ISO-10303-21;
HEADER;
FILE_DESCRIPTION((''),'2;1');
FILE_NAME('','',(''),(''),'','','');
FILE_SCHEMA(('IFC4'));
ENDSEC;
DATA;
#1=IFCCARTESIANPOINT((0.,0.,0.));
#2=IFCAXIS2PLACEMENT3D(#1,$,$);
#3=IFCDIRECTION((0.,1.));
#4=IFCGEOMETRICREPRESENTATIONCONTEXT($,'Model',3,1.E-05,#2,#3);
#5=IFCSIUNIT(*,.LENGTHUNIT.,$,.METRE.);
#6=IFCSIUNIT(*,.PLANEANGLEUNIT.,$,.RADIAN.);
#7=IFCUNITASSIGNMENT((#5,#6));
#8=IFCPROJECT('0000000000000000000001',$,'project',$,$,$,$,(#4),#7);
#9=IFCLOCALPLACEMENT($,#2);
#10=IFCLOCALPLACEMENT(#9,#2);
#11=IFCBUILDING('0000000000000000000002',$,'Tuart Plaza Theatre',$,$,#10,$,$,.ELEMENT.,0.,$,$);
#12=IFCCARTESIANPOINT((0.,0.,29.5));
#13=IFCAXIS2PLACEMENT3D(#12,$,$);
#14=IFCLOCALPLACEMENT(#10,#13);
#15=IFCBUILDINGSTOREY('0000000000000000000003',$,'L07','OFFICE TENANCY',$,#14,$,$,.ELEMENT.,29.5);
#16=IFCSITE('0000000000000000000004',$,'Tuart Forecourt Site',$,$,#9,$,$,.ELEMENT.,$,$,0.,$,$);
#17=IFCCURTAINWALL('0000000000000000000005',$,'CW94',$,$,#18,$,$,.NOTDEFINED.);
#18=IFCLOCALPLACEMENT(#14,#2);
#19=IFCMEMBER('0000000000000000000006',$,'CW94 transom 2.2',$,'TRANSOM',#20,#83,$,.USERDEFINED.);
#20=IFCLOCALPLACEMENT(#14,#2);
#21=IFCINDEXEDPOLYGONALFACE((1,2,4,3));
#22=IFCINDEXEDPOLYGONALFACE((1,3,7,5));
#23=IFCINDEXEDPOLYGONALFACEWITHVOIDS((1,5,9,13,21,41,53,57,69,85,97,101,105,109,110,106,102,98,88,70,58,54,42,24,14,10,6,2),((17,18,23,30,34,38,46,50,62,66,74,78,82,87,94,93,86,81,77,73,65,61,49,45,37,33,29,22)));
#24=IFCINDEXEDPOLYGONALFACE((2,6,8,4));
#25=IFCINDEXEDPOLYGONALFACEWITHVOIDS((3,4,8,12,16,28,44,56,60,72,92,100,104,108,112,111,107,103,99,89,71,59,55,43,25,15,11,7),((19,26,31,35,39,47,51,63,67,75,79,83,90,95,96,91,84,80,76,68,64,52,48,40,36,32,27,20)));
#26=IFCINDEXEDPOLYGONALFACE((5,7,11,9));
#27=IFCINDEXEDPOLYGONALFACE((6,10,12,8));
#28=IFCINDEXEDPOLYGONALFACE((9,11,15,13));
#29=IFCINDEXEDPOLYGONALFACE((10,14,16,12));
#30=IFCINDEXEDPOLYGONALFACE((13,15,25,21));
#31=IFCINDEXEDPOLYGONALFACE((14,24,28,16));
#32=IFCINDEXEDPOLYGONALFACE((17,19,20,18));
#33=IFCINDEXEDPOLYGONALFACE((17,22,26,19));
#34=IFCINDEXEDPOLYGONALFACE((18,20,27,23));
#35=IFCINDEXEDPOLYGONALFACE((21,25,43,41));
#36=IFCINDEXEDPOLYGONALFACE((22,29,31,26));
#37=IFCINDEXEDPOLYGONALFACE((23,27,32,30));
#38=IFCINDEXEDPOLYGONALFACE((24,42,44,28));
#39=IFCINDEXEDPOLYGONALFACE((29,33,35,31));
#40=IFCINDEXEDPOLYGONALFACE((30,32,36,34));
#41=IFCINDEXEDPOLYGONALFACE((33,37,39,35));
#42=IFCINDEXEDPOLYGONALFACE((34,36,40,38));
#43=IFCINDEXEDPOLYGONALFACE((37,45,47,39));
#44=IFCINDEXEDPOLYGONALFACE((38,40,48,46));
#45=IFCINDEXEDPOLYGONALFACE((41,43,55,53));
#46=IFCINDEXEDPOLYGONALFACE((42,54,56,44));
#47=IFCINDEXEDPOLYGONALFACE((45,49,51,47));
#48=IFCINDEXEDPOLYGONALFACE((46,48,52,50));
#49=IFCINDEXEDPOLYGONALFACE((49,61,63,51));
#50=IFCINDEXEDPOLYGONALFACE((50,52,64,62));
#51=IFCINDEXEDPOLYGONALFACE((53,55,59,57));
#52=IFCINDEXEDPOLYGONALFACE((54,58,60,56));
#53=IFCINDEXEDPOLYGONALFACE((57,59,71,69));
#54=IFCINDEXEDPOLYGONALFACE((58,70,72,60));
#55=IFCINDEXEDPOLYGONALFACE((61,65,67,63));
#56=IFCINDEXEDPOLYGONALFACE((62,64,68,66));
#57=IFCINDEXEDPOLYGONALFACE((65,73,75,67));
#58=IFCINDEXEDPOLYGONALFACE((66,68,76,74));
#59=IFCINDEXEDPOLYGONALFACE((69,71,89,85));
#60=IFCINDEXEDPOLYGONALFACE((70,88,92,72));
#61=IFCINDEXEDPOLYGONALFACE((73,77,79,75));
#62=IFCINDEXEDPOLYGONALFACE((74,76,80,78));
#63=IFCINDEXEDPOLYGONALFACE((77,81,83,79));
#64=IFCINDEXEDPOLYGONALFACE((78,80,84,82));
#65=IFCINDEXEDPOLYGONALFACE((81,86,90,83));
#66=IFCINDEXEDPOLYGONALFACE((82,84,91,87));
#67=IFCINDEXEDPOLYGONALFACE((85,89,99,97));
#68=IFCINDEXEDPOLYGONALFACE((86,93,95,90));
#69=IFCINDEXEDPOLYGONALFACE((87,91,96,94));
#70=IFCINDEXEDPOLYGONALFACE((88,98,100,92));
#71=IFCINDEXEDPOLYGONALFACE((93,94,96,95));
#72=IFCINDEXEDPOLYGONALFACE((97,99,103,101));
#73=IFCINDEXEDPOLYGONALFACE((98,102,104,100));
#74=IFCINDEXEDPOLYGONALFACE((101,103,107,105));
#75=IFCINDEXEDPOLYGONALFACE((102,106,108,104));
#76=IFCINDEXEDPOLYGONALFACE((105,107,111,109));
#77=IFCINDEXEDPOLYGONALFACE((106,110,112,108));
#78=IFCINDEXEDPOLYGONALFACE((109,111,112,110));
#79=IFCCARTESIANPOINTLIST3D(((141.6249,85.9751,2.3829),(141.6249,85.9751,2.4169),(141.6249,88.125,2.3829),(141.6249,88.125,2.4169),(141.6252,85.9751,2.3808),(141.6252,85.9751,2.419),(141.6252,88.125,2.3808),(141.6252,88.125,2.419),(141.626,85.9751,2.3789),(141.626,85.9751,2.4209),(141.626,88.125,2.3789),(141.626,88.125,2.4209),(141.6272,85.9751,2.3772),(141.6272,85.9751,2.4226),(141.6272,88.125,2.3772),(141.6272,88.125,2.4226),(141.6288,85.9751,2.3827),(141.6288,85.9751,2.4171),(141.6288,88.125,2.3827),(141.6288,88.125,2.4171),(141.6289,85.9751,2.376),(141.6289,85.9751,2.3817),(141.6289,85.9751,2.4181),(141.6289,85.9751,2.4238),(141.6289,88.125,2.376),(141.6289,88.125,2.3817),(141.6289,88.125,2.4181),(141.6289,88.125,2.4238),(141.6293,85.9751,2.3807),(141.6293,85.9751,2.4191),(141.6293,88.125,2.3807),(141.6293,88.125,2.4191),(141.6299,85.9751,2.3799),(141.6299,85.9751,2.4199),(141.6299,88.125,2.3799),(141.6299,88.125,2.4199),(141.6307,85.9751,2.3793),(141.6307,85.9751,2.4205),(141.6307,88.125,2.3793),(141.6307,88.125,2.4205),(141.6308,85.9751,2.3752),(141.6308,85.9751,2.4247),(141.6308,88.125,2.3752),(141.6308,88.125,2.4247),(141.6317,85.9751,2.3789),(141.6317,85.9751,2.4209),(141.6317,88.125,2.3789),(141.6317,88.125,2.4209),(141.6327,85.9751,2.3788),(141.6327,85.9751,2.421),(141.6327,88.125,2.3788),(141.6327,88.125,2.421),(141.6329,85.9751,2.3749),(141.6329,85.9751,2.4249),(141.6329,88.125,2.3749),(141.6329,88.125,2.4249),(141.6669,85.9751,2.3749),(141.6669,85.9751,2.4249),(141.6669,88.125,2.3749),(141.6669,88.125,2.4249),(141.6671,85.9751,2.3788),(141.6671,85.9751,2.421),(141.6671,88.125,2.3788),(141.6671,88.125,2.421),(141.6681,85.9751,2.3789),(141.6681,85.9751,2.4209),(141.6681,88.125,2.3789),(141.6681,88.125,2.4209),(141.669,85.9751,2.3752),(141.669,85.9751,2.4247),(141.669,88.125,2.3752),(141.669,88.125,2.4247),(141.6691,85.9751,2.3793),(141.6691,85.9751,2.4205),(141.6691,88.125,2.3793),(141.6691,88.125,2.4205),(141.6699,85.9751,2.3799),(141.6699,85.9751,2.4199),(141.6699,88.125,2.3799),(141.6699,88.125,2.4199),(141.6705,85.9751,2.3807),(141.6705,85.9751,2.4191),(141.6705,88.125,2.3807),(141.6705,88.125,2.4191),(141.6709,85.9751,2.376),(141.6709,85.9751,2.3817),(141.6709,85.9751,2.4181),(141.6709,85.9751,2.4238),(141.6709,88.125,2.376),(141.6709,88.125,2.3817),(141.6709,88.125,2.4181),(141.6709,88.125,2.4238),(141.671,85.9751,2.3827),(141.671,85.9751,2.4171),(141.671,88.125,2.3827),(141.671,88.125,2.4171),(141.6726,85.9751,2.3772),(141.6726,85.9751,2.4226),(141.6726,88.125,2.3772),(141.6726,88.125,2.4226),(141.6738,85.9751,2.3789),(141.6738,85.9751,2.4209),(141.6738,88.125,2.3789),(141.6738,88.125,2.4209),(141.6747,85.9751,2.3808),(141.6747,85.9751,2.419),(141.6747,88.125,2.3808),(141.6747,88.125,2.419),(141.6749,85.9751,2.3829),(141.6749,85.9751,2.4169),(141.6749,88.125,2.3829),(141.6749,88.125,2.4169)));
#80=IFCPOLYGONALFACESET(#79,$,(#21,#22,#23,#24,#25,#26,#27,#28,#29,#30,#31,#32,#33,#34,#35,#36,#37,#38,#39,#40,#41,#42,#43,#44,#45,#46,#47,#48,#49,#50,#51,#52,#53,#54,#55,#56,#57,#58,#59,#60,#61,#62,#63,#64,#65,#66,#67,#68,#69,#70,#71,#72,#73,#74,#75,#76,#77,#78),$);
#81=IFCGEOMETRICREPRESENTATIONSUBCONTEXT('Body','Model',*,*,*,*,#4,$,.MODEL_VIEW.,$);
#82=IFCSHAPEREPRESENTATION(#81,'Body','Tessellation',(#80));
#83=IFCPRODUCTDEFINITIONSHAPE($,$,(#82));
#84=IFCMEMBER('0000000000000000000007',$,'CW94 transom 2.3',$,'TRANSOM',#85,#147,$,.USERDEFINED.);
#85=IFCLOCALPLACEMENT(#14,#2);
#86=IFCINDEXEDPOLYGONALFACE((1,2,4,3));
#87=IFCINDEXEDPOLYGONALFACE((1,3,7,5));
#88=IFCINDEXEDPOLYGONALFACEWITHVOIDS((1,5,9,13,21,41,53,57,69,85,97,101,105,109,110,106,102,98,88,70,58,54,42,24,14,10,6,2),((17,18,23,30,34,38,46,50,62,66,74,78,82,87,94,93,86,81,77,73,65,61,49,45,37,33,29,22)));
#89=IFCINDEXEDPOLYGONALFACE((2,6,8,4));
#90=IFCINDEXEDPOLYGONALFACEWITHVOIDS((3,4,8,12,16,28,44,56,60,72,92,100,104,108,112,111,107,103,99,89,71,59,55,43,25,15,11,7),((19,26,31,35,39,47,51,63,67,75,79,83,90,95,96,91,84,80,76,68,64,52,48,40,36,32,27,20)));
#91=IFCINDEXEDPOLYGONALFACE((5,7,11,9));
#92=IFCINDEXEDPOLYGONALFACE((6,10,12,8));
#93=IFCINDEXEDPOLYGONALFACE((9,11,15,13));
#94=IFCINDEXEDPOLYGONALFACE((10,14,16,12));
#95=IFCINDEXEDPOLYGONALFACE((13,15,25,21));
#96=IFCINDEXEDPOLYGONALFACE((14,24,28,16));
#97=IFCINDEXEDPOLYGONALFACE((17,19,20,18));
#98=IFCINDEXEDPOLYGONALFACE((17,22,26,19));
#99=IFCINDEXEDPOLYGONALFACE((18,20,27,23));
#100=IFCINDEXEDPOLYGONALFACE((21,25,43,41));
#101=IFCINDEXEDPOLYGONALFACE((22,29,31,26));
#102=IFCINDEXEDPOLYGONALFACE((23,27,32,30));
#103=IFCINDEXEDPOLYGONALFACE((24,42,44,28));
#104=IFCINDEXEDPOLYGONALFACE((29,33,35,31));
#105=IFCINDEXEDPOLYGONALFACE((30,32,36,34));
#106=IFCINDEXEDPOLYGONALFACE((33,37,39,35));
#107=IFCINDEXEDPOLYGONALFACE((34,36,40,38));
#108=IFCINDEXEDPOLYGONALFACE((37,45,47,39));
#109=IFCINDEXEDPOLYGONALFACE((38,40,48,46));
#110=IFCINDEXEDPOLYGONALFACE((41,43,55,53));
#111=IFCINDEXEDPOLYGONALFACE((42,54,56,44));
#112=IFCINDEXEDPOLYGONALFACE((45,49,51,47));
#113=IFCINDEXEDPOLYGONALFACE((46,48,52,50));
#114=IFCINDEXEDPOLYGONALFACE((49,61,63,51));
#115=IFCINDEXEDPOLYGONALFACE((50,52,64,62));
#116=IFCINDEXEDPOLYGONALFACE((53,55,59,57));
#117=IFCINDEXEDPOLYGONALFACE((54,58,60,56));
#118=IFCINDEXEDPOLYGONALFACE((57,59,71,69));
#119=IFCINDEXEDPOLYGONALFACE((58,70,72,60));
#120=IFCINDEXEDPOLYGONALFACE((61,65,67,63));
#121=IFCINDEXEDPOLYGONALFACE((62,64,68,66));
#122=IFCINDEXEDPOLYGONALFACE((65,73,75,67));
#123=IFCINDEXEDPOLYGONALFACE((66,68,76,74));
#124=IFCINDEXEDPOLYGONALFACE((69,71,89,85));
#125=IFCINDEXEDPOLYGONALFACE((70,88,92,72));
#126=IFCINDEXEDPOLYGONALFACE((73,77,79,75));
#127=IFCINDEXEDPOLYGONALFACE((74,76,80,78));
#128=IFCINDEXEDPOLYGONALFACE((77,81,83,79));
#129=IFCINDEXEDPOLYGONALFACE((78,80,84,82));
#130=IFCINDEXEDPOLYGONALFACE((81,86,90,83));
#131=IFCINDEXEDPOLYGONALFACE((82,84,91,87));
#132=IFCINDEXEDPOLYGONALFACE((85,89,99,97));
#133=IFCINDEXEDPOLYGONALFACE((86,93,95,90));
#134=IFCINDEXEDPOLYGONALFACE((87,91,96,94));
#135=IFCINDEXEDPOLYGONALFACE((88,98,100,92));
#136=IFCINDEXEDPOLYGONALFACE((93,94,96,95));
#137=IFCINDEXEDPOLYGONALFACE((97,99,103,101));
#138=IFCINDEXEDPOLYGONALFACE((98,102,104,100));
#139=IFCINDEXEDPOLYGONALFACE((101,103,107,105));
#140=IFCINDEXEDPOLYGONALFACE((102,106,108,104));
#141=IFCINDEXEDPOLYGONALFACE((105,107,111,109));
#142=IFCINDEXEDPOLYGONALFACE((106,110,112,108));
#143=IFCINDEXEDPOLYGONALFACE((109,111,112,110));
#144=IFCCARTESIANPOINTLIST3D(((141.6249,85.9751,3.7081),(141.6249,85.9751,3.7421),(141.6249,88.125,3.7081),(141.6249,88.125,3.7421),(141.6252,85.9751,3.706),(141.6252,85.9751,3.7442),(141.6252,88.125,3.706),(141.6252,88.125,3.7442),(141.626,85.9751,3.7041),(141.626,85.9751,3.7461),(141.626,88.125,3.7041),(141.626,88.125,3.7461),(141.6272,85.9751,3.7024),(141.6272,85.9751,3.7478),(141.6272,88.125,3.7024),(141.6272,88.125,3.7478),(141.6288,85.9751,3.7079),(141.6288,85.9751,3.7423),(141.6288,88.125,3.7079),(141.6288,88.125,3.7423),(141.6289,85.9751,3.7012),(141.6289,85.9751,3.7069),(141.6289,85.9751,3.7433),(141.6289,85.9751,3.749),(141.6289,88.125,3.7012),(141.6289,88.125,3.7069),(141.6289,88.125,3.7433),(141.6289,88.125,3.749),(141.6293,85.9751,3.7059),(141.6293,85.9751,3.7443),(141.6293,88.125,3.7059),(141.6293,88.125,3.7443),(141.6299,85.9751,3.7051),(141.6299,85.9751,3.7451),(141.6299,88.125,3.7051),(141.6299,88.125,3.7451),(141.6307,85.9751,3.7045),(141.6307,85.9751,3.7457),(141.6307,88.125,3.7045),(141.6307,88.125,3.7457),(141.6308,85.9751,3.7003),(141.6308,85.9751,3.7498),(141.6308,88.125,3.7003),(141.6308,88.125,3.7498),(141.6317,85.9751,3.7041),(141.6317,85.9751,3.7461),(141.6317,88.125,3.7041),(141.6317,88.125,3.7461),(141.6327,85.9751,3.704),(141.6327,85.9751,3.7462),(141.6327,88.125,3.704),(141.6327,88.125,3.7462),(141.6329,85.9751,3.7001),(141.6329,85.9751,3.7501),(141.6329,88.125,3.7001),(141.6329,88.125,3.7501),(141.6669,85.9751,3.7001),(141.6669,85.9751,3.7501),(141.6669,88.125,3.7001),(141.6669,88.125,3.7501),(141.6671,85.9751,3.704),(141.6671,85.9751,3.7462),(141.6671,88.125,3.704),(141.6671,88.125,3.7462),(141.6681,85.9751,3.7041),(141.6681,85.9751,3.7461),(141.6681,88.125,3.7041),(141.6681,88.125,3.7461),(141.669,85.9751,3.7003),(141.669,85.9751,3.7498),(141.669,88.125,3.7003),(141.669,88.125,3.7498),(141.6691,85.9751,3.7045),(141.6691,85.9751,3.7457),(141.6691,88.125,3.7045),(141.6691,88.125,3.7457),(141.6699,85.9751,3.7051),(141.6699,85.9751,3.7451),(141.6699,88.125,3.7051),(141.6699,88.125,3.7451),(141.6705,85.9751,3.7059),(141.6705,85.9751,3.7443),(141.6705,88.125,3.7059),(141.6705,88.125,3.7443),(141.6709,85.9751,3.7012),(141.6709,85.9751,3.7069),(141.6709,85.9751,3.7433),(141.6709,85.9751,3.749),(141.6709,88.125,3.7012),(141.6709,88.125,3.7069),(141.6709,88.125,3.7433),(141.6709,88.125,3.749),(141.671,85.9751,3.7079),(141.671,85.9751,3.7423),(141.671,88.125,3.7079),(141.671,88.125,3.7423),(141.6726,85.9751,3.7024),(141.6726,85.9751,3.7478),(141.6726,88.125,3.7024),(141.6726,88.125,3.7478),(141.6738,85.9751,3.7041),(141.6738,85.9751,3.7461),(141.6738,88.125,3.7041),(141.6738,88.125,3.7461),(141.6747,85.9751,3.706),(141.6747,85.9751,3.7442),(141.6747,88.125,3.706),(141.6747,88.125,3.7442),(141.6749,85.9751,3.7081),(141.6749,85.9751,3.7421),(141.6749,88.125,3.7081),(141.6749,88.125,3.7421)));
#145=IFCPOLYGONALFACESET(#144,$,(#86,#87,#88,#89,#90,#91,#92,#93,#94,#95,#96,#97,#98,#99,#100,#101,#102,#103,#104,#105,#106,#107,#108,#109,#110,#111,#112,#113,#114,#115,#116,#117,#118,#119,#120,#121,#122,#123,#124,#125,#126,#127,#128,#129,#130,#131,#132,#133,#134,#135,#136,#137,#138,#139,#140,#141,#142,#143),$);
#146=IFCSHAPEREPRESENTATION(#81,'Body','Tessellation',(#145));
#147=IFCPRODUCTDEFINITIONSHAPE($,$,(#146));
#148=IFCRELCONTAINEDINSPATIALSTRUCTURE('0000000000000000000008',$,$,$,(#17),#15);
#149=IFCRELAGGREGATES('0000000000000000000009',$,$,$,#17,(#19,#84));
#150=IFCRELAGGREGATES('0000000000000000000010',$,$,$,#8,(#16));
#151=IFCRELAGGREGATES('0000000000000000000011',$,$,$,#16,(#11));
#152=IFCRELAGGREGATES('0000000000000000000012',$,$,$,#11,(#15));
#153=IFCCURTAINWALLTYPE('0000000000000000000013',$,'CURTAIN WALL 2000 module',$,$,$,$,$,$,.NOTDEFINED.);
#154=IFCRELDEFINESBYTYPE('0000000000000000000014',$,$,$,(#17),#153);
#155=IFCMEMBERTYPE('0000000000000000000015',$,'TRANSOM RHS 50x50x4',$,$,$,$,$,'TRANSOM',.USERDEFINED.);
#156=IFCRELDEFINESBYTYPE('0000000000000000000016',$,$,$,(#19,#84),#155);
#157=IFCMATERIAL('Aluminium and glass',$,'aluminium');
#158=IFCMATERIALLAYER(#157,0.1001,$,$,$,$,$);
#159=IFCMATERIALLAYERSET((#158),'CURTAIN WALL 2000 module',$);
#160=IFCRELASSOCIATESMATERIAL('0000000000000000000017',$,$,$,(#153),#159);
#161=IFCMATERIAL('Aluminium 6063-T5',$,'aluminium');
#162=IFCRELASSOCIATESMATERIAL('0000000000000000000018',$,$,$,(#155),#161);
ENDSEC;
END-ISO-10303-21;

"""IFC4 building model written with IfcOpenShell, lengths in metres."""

from ifc_helpers import new_model, si_unit, direction, frame, origin, origin_2d, place, context, subcontext, project, spatial, hollow_rectangle, extrude, material, layer, layer_set, material_profile, profile_set, type_object, element, aggregate, save


model = new_model("IFC4")

# Units and contexts
model_context = context("Model", 3, precision=1e-05, world=origin(), true_north=direction((0.0, 1.0)))
body_context = subcontext(model_context, "Body", "Model", "MODEL_VIEW")
ifc_project = project(units=[si_unit("LENGTHUNIT", "METRE"), si_unit("PLANEANGLEUNIT", "RADIAN")], contexts=[model_context])

# Site, building, storey
site_placement = place(None, origin())
site = spatial("IfcSite", under=ifc_project, at=site_placement, Name="Tuart Forecourt Site", CompositionType="ELEMENT", RefElevation=0.0)
building_placement = place(site_placement, origin())
building = spatial("IfcBuilding", under=site, at=building_placement, Name="Tuart Plaza Theatre", CompositionType="ELEMENT", ElevationOfRefHeight=0.0)
storey_placement = place(building_placement, frame((0.0, 0.0, 29.5)))
storey = spatial("IfcBuildingStorey", under=building, at=storey_placement, Name="L07", Description="OFFICE TENANCY", CompositionType="ELEMENT", Elevation=29.5)

# Curtain wall, members
ifc_material_1 = material(Name="Aluminium and glass", Category="aluminium")
ifc_layer_1 = layer(ifc_material_1, 0.1001)
ifc_layer_set_1 = layer_set([ifc_layer_1], Name="CURTAIN WALL 2000 module")
curtain_wall_type = type_object("IfcCurtainWallType", Name="CURTAIN WALL 2000 module", PredefinedType="NOTDEFINED", material=ifc_layer_set_1)
curtain_wall_1_placement = place(storey_placement, origin())
curtain_wall_1 = element("IfcCurtainWall", 1, at=curtain_wall_1_placement, inside=storey, type_object=curtain_wall_type, Name="CW94", PredefinedType="NOTDEFINED")
ifc_material_2 = material(Name="Aluminium 6063-T5", Category="aluminium")
ifc_material_profile_1 = material_profile(ifc_material_2, hollow_rectangle(XDim=0.05, YDim=0.05, WallThickness=0.0039, InnerFilletRadius=0.0039, OuterFilletRadius=0.0081, at=origin_2d()), Name="RHS 50x50x4")
ifc_profile_set_1 = profile_set([ifc_material_profile_1], Name="Aluminium 6063-T5")
member_type_1 = type_object("IfcMemberType", Name="TRANSOM RHS 50x50x4", ElementType="TRANSOM", PredefinedType="USERDEFINED", material=ifc_profile_set_1)
member_1_placement = place(storey_placement, frame((141.6499, 85.9751, 2.3999), z_axis=(0.0, 1.0, 0.0), x_axis=(-1.0, 0.0, 0.0)))
member_1 = element("IfcMember", 2, at=member_1_placement, type_object=member_type_1, Name="CW94 transom 2.2", ObjectType="TRANSOM", PredefinedType="USERDEFINED", context=body_context, shape_type="SweptSolid", body=[
    extrude(hollow_rectangle(XDim=0.05, YDim=0.05, WallThickness=0.0039, InnerFilletRadius=0.0039, OuterFilletRadius=0.0081, at=origin_2d()), origin(), (0.0, 0.0, 1.0), 2.1499),
])
member_2_placement = place(storey_placement, frame((141.6499, 85.9751, 3.7251), z_axis=(0.0, 1.0, 0.0), x_axis=(-1.0, 0.0, 0.0)))
member_2 = element("IfcMember", 3, at=member_2_placement, type_object=member_type_1, Name="CW94 transom 2.3", ObjectType="TRANSOM", PredefinedType="USERDEFINED", context=body_context, shape_type="SweptSolid", body=[
    extrude(hollow_rectangle(XDim=0.05, YDim=0.05, WallThickness=0.0039, InnerFilletRadius=0.0039, OuterFilletRadius=0.0081, at=origin_2d()), origin(), (0.0, 0.0, 1.0), 2.1499),
])
aggregate(curtain_wall_1, [member_1, member_2])

save(model, "model.ifc")
